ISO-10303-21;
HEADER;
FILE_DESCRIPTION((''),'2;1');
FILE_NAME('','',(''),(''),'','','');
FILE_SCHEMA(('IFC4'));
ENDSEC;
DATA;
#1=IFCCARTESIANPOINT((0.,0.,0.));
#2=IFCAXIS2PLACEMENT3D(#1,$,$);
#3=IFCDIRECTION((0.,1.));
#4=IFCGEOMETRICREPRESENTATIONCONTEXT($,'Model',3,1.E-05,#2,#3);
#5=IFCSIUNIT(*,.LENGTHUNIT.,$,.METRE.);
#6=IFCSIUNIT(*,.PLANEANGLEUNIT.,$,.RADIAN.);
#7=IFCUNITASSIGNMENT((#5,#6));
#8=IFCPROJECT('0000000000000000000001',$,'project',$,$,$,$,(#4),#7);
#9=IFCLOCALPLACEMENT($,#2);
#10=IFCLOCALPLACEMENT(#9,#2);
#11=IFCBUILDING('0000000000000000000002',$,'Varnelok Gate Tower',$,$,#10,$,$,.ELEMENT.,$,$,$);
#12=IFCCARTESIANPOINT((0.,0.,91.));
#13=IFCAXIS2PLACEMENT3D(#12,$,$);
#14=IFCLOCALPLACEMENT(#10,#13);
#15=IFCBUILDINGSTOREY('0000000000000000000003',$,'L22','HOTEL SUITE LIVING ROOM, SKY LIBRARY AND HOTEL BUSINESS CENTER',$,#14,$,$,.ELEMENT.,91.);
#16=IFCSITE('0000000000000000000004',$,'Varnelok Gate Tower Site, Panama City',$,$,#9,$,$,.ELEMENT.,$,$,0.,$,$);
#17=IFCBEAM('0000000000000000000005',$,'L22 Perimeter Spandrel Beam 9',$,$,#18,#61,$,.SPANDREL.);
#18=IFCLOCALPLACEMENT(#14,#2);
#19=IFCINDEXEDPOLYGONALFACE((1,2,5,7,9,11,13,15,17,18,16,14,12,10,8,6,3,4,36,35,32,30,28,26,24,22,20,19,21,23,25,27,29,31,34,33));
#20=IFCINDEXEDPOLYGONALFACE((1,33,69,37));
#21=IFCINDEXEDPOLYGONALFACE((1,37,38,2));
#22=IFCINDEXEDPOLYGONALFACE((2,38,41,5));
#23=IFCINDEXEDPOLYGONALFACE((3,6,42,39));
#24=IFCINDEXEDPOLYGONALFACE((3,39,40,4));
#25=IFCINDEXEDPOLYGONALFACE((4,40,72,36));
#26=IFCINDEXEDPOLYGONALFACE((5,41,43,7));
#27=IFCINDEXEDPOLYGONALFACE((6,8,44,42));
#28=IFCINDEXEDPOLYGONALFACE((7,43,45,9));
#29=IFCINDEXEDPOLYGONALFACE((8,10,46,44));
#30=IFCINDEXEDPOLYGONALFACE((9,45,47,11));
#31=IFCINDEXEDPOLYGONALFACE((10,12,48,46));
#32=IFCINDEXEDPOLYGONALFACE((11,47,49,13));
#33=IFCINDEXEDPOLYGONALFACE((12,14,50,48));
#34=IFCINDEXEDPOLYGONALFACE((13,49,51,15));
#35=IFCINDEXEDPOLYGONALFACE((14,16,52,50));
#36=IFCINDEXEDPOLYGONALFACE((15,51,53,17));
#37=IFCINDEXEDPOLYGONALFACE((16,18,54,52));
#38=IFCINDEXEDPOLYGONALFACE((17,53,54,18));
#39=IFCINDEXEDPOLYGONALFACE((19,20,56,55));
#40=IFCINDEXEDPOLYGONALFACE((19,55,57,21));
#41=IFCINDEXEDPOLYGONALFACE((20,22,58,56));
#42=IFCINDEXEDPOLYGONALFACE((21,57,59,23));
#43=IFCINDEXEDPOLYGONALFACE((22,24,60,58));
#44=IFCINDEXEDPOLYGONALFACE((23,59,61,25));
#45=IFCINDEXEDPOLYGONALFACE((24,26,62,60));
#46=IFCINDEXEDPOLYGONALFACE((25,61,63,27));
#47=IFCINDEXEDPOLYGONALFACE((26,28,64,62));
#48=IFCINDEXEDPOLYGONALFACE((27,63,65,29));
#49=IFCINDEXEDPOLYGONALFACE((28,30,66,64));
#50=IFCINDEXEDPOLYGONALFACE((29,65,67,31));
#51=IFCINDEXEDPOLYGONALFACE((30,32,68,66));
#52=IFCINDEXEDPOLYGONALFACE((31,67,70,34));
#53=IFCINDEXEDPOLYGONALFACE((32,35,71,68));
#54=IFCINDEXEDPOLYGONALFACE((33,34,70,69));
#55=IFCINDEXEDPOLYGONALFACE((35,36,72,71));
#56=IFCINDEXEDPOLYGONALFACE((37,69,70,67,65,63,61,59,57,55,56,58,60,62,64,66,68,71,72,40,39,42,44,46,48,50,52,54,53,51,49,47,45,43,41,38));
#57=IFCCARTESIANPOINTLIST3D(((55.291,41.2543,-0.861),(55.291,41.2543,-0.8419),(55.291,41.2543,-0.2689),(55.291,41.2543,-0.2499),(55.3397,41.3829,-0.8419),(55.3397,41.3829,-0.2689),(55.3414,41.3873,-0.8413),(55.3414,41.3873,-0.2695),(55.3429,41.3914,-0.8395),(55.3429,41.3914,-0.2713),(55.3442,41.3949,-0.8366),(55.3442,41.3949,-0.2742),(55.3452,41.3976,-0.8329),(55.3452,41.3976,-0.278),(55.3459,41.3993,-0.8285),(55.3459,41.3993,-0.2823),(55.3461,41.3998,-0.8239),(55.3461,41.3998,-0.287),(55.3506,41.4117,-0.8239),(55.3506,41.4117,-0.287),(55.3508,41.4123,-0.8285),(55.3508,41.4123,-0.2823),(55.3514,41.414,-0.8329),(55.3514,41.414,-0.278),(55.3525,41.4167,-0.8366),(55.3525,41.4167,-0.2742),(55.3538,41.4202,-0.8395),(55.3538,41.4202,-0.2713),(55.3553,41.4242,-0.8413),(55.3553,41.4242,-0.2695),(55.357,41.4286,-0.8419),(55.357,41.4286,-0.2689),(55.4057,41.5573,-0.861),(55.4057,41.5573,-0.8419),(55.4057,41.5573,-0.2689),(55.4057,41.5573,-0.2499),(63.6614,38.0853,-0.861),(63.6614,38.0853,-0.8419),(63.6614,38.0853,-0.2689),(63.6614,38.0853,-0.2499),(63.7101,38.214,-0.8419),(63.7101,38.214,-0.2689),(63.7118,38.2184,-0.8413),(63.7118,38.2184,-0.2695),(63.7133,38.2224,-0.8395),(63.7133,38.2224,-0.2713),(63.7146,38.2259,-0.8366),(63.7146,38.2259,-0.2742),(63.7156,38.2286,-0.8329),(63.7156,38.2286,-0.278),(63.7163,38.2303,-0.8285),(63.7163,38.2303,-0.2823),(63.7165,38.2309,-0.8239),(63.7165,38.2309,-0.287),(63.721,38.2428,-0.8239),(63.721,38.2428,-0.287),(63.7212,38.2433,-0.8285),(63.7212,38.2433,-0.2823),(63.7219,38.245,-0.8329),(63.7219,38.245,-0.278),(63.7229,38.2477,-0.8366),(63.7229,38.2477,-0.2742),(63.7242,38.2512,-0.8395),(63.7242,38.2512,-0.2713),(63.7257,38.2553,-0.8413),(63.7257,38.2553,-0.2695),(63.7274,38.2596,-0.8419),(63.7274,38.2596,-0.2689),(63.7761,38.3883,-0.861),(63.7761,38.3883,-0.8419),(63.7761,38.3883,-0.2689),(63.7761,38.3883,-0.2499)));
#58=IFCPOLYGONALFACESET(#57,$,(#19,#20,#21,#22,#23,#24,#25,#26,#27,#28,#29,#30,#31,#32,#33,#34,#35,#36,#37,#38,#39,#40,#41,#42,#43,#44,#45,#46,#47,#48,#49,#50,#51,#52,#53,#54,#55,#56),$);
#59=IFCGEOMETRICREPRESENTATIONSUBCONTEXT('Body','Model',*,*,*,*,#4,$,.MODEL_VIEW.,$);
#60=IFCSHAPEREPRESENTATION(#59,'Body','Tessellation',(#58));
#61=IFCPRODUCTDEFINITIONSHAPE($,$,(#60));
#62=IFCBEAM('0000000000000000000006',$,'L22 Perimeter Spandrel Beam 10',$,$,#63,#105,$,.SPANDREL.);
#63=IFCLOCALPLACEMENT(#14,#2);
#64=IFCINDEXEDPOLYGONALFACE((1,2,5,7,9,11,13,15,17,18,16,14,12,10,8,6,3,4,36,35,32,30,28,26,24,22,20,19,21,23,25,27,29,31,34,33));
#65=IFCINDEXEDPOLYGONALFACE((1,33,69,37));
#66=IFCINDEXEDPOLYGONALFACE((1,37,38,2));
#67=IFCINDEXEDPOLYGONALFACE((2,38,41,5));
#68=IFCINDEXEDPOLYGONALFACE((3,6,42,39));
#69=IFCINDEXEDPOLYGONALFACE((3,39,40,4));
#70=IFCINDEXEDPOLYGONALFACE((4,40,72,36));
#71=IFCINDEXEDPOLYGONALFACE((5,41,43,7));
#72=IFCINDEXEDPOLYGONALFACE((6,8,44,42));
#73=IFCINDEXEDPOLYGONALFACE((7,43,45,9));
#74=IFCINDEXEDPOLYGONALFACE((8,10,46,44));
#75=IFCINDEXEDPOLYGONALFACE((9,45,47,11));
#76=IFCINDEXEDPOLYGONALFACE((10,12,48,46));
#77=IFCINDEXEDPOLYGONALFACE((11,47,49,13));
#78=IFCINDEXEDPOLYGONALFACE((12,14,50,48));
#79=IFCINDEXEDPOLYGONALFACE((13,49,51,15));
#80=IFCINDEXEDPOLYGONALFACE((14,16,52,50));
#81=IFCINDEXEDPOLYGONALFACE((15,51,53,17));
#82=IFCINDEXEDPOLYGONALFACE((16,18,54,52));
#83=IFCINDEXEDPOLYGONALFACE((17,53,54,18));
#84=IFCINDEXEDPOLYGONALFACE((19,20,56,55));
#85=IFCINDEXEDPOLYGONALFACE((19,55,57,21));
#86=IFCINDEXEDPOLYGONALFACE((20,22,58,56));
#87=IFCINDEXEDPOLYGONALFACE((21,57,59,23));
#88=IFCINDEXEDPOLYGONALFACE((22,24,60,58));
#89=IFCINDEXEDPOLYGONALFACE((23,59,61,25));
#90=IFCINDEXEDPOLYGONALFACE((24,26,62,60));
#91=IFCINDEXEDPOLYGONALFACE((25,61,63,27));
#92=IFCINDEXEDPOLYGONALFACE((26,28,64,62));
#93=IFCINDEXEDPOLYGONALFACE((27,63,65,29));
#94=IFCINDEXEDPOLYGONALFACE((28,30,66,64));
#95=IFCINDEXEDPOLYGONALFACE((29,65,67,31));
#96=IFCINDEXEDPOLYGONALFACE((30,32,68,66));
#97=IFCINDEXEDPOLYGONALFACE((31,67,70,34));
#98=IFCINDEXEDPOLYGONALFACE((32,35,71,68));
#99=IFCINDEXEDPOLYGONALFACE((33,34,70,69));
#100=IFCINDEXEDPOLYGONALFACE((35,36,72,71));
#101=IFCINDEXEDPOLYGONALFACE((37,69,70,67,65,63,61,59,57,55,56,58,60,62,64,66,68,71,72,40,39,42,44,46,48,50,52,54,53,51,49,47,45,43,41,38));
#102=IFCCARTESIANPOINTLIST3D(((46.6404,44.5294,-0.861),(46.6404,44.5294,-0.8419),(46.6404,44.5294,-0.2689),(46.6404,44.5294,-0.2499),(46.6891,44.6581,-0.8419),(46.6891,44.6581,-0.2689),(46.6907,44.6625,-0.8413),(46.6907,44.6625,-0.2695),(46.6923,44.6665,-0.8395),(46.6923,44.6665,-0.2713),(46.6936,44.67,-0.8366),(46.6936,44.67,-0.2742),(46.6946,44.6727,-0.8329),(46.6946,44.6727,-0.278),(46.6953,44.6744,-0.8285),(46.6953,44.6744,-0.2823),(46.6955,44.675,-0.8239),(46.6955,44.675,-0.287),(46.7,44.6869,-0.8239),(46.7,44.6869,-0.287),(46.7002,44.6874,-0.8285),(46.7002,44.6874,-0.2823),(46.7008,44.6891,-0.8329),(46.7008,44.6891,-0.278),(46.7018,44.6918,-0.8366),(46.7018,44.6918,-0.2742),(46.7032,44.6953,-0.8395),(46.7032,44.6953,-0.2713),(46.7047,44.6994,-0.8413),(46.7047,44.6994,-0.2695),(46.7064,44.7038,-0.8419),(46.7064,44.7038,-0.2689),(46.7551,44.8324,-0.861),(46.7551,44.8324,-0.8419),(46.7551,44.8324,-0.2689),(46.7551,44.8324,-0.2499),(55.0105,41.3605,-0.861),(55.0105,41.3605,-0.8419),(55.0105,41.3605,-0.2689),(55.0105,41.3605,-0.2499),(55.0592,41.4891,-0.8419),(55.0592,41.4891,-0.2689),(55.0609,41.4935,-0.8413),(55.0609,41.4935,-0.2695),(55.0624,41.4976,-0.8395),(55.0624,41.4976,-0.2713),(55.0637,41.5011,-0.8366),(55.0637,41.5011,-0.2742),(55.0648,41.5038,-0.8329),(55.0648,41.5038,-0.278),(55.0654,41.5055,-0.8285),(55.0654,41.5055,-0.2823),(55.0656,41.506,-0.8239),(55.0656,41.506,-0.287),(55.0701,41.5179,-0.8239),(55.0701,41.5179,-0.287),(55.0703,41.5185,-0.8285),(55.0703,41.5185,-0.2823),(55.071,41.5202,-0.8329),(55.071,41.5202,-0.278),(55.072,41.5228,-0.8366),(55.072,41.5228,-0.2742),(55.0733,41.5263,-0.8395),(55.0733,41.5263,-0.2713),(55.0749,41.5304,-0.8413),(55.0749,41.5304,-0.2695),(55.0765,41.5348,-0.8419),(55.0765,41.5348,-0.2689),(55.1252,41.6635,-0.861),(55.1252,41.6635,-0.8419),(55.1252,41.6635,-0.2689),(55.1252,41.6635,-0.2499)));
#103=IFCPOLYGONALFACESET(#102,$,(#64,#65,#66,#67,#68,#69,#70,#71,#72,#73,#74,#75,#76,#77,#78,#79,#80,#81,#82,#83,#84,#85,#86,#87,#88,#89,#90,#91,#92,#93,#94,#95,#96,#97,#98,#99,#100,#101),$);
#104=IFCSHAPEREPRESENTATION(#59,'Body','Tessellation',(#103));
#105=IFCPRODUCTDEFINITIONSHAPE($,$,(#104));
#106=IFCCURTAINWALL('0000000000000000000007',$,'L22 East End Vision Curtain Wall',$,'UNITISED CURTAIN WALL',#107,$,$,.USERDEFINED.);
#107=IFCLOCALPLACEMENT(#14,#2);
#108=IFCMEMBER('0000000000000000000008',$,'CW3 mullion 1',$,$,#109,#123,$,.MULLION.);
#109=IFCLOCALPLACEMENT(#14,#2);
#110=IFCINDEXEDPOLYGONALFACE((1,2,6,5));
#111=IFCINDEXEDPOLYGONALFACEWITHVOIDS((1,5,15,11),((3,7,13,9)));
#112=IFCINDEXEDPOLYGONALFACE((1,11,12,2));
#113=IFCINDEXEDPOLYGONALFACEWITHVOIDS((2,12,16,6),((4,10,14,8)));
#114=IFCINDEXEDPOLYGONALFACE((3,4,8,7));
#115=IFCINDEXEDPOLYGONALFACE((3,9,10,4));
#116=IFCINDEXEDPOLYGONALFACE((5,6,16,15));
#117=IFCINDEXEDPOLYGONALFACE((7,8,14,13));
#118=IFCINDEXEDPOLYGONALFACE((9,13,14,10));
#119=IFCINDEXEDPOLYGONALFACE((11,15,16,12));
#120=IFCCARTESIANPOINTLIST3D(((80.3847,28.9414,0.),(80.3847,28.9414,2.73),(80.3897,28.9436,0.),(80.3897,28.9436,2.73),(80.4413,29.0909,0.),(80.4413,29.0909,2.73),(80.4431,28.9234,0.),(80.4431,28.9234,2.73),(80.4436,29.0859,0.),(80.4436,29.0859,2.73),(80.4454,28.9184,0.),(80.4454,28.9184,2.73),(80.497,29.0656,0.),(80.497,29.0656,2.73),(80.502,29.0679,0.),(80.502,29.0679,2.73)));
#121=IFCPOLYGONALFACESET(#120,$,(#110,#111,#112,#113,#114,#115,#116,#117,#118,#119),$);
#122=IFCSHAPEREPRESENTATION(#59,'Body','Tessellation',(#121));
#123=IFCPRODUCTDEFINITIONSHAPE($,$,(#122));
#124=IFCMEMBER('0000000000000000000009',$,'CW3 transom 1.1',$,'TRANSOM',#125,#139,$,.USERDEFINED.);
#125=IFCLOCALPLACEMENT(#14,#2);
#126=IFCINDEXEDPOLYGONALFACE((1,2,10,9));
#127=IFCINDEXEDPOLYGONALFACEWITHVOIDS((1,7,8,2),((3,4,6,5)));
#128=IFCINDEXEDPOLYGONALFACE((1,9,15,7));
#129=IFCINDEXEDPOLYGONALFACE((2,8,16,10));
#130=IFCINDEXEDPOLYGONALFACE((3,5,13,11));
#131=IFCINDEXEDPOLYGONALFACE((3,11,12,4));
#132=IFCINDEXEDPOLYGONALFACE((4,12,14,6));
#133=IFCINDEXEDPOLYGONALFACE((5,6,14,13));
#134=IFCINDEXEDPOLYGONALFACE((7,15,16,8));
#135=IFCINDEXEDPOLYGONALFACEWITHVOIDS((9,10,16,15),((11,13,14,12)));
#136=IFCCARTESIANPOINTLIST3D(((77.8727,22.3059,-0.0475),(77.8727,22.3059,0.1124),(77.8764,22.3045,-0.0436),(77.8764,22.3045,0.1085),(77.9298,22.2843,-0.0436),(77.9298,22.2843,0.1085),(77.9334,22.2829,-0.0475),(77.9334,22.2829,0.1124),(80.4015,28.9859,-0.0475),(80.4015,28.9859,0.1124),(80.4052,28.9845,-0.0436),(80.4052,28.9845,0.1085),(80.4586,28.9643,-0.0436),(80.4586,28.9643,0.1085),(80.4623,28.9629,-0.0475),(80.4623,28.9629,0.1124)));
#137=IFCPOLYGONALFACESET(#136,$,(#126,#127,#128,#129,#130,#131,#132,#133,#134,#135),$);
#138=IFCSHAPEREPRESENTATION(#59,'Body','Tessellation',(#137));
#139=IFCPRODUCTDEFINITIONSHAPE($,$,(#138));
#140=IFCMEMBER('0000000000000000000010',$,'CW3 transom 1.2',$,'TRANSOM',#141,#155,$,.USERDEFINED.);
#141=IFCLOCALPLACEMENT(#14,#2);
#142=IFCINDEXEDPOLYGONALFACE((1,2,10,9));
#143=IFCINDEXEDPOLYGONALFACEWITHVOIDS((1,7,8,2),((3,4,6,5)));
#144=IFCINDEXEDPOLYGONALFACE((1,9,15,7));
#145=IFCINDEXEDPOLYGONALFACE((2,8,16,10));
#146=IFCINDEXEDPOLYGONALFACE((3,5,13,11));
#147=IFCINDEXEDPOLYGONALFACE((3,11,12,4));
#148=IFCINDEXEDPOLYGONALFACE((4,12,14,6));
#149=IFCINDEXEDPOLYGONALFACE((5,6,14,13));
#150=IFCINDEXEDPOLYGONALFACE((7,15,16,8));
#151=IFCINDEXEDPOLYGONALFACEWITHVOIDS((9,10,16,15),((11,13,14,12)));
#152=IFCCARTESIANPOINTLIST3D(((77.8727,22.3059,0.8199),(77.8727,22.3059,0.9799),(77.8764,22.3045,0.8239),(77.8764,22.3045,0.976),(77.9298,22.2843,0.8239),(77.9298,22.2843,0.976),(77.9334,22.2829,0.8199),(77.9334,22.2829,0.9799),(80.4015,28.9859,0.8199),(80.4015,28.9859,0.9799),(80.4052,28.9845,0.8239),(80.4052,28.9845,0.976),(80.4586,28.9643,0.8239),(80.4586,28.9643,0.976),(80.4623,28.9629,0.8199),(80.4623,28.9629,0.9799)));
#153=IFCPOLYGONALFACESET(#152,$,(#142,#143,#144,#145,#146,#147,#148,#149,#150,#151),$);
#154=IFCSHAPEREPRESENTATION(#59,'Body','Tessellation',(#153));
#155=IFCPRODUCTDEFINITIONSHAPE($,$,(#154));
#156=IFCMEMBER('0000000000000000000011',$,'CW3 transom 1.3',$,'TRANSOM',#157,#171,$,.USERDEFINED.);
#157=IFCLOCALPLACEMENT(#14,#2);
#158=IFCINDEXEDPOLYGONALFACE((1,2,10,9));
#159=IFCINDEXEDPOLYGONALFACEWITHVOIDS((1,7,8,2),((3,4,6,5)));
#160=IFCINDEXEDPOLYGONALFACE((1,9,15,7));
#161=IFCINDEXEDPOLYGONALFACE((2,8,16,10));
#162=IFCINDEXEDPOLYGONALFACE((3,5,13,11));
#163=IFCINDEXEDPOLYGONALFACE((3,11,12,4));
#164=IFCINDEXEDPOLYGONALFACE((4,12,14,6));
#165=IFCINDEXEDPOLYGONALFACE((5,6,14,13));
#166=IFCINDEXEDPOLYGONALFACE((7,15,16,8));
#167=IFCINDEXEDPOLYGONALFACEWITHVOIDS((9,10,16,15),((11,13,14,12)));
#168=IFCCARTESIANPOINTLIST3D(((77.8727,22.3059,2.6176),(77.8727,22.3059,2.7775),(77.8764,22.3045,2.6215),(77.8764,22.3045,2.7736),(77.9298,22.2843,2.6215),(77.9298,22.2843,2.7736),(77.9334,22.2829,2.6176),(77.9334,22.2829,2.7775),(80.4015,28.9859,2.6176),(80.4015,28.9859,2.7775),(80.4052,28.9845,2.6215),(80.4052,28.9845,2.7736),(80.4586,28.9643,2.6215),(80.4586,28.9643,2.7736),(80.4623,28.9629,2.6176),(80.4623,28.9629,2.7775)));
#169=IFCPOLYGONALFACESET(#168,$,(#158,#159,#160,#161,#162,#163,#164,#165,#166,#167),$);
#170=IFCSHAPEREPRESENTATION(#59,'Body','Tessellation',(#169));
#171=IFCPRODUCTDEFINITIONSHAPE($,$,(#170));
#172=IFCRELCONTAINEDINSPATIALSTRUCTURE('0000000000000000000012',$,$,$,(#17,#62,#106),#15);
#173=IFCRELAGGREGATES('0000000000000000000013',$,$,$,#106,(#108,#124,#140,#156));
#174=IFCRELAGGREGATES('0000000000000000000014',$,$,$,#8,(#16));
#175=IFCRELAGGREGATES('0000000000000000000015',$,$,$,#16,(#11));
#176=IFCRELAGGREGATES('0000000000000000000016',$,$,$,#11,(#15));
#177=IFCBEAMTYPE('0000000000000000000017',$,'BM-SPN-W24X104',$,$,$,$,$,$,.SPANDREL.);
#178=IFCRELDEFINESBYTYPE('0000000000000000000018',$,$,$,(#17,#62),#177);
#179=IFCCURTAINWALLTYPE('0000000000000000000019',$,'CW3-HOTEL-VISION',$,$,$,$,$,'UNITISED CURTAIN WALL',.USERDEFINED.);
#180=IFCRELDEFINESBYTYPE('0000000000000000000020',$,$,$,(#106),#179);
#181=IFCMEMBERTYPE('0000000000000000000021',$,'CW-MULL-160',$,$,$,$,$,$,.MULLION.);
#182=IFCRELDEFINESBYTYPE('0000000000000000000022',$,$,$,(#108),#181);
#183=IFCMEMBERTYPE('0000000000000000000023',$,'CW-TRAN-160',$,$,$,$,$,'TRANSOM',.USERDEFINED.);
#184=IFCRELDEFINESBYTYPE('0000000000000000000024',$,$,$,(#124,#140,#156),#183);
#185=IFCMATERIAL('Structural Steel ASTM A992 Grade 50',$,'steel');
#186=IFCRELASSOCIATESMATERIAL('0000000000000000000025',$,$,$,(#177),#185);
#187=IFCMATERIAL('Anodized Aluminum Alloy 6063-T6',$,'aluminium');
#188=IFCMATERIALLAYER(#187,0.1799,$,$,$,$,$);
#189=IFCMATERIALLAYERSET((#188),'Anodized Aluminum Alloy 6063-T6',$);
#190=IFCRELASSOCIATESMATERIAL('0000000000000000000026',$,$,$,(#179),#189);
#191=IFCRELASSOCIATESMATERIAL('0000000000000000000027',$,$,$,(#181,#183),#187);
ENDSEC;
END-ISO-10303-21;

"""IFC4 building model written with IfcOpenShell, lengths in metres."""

from ifc_helpers import new_model, si_unit, direction, frame, origin, origin_2d, place, context, subcontext, project, spatial, hollow_rectangle, i_section, extrude, material, layer, layer_set, material_profile, profile_set, type_object, element, aggregate, save


model = new_model("IFC4")

# Units and contexts
model_context = context("Model", 3, precision=1e-05, world=origin(), true_north=direction((0.0, 1.0)))
body_context = subcontext(model_context, "Body", "Model", "MODEL_VIEW")
ifc_project = project(units=[si_unit("LENGTHUNIT", "METRE"), si_unit("PLANEANGLEUNIT", "RADIAN")], contexts=[model_context])

# Site, building, storey
site_placement = place(None, origin())
site = spatial("IfcSite", under=ifc_project, at=site_placement, Name="Varnelok Gate Tower Site, Panama City", CompositionType="ELEMENT", RefElevation=0.0)
building_placement = place(site_placement, origin())
building = spatial("IfcBuilding", under=site, at=building_placement, Name="Varnelok Gate Tower", CompositionType="ELEMENT")
storey_placement = place(building_placement, frame((0.0, 0.0, 91.0)))
storey = spatial("IfcBuildingStorey", under=building, at=storey_placement, Name="L22", Description="HOTEL SUITE LIVING ROOM, SKY LIBRARY AND HOTEL BUSINESS CENTER", CompositionType="ELEMENT", Elevation=91.0)

# Shared definitions
ifc_material_1 = material(Name="Structural Steel ASTM A992 Grade 50", Category="steel")

# Beams
ifc_material_profile_1 = material_profile(ifc_material_1, i_section(OverallWidth=0.324, OverallDepth=0.6111, WebThickness=0.0127, FlangeThickness=0.019, FilletRadius=0.0181, at=origin_2d()), Name="W24X104")
ifc_profile_set_1 = profile_set([ifc_material_profile_1], Name="Structural Steel ASTM A992 Grade 50")
beam_type_1 = type_object("IfcBeamType", Name="BM-SPN-W24X104", PredefinedType="SPANDREL", material=ifc_profile_set_1)
beam_1_placement = place(storey_placement, frame((63.7188, 38.2368, -0.5554), z_axis=(-0.93522, 0.354066, 0.0), x_axis=(-0.354066, -0.93522, 0.0)))
element("IfcBeam", 1, at=beam_1_placement, inside=storey, type_object=beam_type_1, Name="L22 Perimeter Spandrel Beam 9", PredefinedType="SPANDREL", context=body_context, shape_type="SweptSolid", body=[
    extrude(i_section(OverallWidth=0.324, OverallDepth=0.6111, WebThickness=0.0127, FlangeThickness=0.019, FilletRadius=0.0181, at=origin_2d()), origin(), (0.0, 0.0, 1.0), 8.9502),
])
beam_2_placement = place(storey_placement, frame((55.0679, 41.512, -0.5554), z_axis=(-0.935217, 0.354075, 0.0), x_axis=(-0.354075, -0.935217, 0.0)))
element("IfcBeam", 2, at=beam_2_placement, inside=storey, type_object=beam_type_1, Name="L22 Perimeter Spandrel Beam 10", PredefinedType="SPANDREL", context=body_context, shape_type="SweptSolid", body=[
    extrude(i_section(OverallWidth=0.324, OverallDepth=0.6111, WebThickness=0.0127, FlangeThickness=0.019, FilletRadius=0.0181, at=origin_2d()), origin(), (0.0, 0.0, 1.0), 8.95),
])

# Curtain wall, members
ifc_material_2 = material(Name="Anodized Aluminum Alloy 6063-T6", Category="aluminium")
ifc_layer_1 = layer(ifc_material_2, 0.1799)
ifc_layer_set_1 = layer_set([ifc_layer_1], Name="Anodized Aluminum Alloy 6063-T6")
curtain_wall_type = type_object("IfcCurtainWallType", Name="CW3-HOTEL-VISION", ElementType="UNITISED CURTAIN WALL", PredefinedType="USERDEFINED", material=ifc_layer_set_1)
curtain_wall_placement = place(storey_placement, origin())
curtain_wall = element("IfcCurtainWall", 3, at=curtain_wall_placement, inside=storey, type_object=curtain_wall_type, Name="L22 East End Vision Curtain Wall", ObjectType="UNITISED CURTAIN WALL", PredefinedType="USERDEFINED")
ifc_material_profile_2 = material_profile(ifc_material_2, hollow_rectangle(XDim=0.0649, YDim=0.1599, WallThickness=0.0039, at=origin_2d()), Name="ALU160X65X4")
ifc_profile_set_2 = profile_set([ifc_material_profile_2], Name="Anodized Aluminum Alloy 6063-T6")
member_type_1 = type_object("IfcMemberType", Name="CW-MULL-160", PredefinedType="MULLION", material=ifc_profile_set_2)
member_1_placement = place(storey_placement, frame((80.4434, 29.0046, 0.0), z_axis=(0.0, 0.0, 1.0), x_axis=(0.935221, -0.354064, 0.0)))
member_1 = element("IfcMember", 4, at=member_1_placement, type_object=member_type_1, Name="CW3 mullion 1", PredefinedType="MULLION", context=body_context, shape_type="SweptSolid", body=[
    extrude(hollow_rectangle(XDim=0.0649, YDim=0.1599, WallThickness=0.0039, at=origin_2d()), origin(), (0.0, 0.0, 1.0), 2.73),
])
ifc_material_profile_3 = material_profile(ifc_material_2, hollow_rectangle(XDim=0.0649, YDim=0.1599, WallThickness=0.0039, at=origin_2d()), Name="ALU160X65X4")
ifc_profile_set_3 = profile_set([ifc_material_profile_3], Name="Anodized Aluminum Alloy 6063-T6")
member_type_2 = type_object("IfcMemberType", Name="CW-TRAN-160", ElementType="TRANSOM", PredefinedType="USERDEFINED", material=ifc_profile_set_3)
member_2_placement = place(storey_placement, frame((80.4319, 28.9744, 0.0325), z_axis=(-0.354047, -0.935228, 0.0), x_axis=(0.935228, -0.354047, 0.0)))
member_2 = element("IfcMember", 5, at=member_2_placement, type_object=member_type_2, Name="CW3 transom 1.1", ObjectType="TRANSOM", PredefinedType="USERDEFINED", context=body_context, shape_type="SweptSolid", body=[
    extrude(hollow_rectangle(XDim=0.0649, YDim=0.1599, WallThickness=0.0039, at=origin_2d()), origin(), (0.0, 0.0, 1.0), 7.1426),
])
member_3_placement = place(storey_placement, frame((80.4319, 28.9744, 0.8999), z_axis=(-0.354047, -0.935228, 0.0), x_axis=(0.935228, -0.354047, 0.0)))
member_3 = element("IfcMember", 6, at=member_3_placement, type_object=member_type_2, Name="CW3 transom 1.2", ObjectType="TRANSOM", PredefinedType="USERDEFINED", context=body_context, shape_type="SweptSolid", body=[
    extrude(hollow_rectangle(XDim=0.0649, YDim=0.1599, WallThickness=0.0039, at=origin_2d()), origin(), (0.0, 0.0, 1.0), 7.1426),
])
member_4_placement = place(storey_placement, frame((80.4319, 28.9744, 2.6975), z_axis=(-0.354047, -0.935228, 0.0), x_axis=(0.935228, -0.354047, 0.0)))
member_4 = element("IfcMember", 7, at=member_4_placement, type_object=member_type_2, Name="CW3 transom 1.3", ObjectType="TRANSOM", PredefinedType="USERDEFINED", context=body_context, shape_type="SweptSolid", body=[
    extrude(hollow_rectangle(XDim=0.0649, YDim=0.1599, WallThickness=0.0039, at=origin_2d()), origin(), (0.0, 0.0, 1.0), 7.1426),
])
aggregate(curtain_wall, [member_1, member_2, member_3, member_4])

save(model, "model.ifc")
